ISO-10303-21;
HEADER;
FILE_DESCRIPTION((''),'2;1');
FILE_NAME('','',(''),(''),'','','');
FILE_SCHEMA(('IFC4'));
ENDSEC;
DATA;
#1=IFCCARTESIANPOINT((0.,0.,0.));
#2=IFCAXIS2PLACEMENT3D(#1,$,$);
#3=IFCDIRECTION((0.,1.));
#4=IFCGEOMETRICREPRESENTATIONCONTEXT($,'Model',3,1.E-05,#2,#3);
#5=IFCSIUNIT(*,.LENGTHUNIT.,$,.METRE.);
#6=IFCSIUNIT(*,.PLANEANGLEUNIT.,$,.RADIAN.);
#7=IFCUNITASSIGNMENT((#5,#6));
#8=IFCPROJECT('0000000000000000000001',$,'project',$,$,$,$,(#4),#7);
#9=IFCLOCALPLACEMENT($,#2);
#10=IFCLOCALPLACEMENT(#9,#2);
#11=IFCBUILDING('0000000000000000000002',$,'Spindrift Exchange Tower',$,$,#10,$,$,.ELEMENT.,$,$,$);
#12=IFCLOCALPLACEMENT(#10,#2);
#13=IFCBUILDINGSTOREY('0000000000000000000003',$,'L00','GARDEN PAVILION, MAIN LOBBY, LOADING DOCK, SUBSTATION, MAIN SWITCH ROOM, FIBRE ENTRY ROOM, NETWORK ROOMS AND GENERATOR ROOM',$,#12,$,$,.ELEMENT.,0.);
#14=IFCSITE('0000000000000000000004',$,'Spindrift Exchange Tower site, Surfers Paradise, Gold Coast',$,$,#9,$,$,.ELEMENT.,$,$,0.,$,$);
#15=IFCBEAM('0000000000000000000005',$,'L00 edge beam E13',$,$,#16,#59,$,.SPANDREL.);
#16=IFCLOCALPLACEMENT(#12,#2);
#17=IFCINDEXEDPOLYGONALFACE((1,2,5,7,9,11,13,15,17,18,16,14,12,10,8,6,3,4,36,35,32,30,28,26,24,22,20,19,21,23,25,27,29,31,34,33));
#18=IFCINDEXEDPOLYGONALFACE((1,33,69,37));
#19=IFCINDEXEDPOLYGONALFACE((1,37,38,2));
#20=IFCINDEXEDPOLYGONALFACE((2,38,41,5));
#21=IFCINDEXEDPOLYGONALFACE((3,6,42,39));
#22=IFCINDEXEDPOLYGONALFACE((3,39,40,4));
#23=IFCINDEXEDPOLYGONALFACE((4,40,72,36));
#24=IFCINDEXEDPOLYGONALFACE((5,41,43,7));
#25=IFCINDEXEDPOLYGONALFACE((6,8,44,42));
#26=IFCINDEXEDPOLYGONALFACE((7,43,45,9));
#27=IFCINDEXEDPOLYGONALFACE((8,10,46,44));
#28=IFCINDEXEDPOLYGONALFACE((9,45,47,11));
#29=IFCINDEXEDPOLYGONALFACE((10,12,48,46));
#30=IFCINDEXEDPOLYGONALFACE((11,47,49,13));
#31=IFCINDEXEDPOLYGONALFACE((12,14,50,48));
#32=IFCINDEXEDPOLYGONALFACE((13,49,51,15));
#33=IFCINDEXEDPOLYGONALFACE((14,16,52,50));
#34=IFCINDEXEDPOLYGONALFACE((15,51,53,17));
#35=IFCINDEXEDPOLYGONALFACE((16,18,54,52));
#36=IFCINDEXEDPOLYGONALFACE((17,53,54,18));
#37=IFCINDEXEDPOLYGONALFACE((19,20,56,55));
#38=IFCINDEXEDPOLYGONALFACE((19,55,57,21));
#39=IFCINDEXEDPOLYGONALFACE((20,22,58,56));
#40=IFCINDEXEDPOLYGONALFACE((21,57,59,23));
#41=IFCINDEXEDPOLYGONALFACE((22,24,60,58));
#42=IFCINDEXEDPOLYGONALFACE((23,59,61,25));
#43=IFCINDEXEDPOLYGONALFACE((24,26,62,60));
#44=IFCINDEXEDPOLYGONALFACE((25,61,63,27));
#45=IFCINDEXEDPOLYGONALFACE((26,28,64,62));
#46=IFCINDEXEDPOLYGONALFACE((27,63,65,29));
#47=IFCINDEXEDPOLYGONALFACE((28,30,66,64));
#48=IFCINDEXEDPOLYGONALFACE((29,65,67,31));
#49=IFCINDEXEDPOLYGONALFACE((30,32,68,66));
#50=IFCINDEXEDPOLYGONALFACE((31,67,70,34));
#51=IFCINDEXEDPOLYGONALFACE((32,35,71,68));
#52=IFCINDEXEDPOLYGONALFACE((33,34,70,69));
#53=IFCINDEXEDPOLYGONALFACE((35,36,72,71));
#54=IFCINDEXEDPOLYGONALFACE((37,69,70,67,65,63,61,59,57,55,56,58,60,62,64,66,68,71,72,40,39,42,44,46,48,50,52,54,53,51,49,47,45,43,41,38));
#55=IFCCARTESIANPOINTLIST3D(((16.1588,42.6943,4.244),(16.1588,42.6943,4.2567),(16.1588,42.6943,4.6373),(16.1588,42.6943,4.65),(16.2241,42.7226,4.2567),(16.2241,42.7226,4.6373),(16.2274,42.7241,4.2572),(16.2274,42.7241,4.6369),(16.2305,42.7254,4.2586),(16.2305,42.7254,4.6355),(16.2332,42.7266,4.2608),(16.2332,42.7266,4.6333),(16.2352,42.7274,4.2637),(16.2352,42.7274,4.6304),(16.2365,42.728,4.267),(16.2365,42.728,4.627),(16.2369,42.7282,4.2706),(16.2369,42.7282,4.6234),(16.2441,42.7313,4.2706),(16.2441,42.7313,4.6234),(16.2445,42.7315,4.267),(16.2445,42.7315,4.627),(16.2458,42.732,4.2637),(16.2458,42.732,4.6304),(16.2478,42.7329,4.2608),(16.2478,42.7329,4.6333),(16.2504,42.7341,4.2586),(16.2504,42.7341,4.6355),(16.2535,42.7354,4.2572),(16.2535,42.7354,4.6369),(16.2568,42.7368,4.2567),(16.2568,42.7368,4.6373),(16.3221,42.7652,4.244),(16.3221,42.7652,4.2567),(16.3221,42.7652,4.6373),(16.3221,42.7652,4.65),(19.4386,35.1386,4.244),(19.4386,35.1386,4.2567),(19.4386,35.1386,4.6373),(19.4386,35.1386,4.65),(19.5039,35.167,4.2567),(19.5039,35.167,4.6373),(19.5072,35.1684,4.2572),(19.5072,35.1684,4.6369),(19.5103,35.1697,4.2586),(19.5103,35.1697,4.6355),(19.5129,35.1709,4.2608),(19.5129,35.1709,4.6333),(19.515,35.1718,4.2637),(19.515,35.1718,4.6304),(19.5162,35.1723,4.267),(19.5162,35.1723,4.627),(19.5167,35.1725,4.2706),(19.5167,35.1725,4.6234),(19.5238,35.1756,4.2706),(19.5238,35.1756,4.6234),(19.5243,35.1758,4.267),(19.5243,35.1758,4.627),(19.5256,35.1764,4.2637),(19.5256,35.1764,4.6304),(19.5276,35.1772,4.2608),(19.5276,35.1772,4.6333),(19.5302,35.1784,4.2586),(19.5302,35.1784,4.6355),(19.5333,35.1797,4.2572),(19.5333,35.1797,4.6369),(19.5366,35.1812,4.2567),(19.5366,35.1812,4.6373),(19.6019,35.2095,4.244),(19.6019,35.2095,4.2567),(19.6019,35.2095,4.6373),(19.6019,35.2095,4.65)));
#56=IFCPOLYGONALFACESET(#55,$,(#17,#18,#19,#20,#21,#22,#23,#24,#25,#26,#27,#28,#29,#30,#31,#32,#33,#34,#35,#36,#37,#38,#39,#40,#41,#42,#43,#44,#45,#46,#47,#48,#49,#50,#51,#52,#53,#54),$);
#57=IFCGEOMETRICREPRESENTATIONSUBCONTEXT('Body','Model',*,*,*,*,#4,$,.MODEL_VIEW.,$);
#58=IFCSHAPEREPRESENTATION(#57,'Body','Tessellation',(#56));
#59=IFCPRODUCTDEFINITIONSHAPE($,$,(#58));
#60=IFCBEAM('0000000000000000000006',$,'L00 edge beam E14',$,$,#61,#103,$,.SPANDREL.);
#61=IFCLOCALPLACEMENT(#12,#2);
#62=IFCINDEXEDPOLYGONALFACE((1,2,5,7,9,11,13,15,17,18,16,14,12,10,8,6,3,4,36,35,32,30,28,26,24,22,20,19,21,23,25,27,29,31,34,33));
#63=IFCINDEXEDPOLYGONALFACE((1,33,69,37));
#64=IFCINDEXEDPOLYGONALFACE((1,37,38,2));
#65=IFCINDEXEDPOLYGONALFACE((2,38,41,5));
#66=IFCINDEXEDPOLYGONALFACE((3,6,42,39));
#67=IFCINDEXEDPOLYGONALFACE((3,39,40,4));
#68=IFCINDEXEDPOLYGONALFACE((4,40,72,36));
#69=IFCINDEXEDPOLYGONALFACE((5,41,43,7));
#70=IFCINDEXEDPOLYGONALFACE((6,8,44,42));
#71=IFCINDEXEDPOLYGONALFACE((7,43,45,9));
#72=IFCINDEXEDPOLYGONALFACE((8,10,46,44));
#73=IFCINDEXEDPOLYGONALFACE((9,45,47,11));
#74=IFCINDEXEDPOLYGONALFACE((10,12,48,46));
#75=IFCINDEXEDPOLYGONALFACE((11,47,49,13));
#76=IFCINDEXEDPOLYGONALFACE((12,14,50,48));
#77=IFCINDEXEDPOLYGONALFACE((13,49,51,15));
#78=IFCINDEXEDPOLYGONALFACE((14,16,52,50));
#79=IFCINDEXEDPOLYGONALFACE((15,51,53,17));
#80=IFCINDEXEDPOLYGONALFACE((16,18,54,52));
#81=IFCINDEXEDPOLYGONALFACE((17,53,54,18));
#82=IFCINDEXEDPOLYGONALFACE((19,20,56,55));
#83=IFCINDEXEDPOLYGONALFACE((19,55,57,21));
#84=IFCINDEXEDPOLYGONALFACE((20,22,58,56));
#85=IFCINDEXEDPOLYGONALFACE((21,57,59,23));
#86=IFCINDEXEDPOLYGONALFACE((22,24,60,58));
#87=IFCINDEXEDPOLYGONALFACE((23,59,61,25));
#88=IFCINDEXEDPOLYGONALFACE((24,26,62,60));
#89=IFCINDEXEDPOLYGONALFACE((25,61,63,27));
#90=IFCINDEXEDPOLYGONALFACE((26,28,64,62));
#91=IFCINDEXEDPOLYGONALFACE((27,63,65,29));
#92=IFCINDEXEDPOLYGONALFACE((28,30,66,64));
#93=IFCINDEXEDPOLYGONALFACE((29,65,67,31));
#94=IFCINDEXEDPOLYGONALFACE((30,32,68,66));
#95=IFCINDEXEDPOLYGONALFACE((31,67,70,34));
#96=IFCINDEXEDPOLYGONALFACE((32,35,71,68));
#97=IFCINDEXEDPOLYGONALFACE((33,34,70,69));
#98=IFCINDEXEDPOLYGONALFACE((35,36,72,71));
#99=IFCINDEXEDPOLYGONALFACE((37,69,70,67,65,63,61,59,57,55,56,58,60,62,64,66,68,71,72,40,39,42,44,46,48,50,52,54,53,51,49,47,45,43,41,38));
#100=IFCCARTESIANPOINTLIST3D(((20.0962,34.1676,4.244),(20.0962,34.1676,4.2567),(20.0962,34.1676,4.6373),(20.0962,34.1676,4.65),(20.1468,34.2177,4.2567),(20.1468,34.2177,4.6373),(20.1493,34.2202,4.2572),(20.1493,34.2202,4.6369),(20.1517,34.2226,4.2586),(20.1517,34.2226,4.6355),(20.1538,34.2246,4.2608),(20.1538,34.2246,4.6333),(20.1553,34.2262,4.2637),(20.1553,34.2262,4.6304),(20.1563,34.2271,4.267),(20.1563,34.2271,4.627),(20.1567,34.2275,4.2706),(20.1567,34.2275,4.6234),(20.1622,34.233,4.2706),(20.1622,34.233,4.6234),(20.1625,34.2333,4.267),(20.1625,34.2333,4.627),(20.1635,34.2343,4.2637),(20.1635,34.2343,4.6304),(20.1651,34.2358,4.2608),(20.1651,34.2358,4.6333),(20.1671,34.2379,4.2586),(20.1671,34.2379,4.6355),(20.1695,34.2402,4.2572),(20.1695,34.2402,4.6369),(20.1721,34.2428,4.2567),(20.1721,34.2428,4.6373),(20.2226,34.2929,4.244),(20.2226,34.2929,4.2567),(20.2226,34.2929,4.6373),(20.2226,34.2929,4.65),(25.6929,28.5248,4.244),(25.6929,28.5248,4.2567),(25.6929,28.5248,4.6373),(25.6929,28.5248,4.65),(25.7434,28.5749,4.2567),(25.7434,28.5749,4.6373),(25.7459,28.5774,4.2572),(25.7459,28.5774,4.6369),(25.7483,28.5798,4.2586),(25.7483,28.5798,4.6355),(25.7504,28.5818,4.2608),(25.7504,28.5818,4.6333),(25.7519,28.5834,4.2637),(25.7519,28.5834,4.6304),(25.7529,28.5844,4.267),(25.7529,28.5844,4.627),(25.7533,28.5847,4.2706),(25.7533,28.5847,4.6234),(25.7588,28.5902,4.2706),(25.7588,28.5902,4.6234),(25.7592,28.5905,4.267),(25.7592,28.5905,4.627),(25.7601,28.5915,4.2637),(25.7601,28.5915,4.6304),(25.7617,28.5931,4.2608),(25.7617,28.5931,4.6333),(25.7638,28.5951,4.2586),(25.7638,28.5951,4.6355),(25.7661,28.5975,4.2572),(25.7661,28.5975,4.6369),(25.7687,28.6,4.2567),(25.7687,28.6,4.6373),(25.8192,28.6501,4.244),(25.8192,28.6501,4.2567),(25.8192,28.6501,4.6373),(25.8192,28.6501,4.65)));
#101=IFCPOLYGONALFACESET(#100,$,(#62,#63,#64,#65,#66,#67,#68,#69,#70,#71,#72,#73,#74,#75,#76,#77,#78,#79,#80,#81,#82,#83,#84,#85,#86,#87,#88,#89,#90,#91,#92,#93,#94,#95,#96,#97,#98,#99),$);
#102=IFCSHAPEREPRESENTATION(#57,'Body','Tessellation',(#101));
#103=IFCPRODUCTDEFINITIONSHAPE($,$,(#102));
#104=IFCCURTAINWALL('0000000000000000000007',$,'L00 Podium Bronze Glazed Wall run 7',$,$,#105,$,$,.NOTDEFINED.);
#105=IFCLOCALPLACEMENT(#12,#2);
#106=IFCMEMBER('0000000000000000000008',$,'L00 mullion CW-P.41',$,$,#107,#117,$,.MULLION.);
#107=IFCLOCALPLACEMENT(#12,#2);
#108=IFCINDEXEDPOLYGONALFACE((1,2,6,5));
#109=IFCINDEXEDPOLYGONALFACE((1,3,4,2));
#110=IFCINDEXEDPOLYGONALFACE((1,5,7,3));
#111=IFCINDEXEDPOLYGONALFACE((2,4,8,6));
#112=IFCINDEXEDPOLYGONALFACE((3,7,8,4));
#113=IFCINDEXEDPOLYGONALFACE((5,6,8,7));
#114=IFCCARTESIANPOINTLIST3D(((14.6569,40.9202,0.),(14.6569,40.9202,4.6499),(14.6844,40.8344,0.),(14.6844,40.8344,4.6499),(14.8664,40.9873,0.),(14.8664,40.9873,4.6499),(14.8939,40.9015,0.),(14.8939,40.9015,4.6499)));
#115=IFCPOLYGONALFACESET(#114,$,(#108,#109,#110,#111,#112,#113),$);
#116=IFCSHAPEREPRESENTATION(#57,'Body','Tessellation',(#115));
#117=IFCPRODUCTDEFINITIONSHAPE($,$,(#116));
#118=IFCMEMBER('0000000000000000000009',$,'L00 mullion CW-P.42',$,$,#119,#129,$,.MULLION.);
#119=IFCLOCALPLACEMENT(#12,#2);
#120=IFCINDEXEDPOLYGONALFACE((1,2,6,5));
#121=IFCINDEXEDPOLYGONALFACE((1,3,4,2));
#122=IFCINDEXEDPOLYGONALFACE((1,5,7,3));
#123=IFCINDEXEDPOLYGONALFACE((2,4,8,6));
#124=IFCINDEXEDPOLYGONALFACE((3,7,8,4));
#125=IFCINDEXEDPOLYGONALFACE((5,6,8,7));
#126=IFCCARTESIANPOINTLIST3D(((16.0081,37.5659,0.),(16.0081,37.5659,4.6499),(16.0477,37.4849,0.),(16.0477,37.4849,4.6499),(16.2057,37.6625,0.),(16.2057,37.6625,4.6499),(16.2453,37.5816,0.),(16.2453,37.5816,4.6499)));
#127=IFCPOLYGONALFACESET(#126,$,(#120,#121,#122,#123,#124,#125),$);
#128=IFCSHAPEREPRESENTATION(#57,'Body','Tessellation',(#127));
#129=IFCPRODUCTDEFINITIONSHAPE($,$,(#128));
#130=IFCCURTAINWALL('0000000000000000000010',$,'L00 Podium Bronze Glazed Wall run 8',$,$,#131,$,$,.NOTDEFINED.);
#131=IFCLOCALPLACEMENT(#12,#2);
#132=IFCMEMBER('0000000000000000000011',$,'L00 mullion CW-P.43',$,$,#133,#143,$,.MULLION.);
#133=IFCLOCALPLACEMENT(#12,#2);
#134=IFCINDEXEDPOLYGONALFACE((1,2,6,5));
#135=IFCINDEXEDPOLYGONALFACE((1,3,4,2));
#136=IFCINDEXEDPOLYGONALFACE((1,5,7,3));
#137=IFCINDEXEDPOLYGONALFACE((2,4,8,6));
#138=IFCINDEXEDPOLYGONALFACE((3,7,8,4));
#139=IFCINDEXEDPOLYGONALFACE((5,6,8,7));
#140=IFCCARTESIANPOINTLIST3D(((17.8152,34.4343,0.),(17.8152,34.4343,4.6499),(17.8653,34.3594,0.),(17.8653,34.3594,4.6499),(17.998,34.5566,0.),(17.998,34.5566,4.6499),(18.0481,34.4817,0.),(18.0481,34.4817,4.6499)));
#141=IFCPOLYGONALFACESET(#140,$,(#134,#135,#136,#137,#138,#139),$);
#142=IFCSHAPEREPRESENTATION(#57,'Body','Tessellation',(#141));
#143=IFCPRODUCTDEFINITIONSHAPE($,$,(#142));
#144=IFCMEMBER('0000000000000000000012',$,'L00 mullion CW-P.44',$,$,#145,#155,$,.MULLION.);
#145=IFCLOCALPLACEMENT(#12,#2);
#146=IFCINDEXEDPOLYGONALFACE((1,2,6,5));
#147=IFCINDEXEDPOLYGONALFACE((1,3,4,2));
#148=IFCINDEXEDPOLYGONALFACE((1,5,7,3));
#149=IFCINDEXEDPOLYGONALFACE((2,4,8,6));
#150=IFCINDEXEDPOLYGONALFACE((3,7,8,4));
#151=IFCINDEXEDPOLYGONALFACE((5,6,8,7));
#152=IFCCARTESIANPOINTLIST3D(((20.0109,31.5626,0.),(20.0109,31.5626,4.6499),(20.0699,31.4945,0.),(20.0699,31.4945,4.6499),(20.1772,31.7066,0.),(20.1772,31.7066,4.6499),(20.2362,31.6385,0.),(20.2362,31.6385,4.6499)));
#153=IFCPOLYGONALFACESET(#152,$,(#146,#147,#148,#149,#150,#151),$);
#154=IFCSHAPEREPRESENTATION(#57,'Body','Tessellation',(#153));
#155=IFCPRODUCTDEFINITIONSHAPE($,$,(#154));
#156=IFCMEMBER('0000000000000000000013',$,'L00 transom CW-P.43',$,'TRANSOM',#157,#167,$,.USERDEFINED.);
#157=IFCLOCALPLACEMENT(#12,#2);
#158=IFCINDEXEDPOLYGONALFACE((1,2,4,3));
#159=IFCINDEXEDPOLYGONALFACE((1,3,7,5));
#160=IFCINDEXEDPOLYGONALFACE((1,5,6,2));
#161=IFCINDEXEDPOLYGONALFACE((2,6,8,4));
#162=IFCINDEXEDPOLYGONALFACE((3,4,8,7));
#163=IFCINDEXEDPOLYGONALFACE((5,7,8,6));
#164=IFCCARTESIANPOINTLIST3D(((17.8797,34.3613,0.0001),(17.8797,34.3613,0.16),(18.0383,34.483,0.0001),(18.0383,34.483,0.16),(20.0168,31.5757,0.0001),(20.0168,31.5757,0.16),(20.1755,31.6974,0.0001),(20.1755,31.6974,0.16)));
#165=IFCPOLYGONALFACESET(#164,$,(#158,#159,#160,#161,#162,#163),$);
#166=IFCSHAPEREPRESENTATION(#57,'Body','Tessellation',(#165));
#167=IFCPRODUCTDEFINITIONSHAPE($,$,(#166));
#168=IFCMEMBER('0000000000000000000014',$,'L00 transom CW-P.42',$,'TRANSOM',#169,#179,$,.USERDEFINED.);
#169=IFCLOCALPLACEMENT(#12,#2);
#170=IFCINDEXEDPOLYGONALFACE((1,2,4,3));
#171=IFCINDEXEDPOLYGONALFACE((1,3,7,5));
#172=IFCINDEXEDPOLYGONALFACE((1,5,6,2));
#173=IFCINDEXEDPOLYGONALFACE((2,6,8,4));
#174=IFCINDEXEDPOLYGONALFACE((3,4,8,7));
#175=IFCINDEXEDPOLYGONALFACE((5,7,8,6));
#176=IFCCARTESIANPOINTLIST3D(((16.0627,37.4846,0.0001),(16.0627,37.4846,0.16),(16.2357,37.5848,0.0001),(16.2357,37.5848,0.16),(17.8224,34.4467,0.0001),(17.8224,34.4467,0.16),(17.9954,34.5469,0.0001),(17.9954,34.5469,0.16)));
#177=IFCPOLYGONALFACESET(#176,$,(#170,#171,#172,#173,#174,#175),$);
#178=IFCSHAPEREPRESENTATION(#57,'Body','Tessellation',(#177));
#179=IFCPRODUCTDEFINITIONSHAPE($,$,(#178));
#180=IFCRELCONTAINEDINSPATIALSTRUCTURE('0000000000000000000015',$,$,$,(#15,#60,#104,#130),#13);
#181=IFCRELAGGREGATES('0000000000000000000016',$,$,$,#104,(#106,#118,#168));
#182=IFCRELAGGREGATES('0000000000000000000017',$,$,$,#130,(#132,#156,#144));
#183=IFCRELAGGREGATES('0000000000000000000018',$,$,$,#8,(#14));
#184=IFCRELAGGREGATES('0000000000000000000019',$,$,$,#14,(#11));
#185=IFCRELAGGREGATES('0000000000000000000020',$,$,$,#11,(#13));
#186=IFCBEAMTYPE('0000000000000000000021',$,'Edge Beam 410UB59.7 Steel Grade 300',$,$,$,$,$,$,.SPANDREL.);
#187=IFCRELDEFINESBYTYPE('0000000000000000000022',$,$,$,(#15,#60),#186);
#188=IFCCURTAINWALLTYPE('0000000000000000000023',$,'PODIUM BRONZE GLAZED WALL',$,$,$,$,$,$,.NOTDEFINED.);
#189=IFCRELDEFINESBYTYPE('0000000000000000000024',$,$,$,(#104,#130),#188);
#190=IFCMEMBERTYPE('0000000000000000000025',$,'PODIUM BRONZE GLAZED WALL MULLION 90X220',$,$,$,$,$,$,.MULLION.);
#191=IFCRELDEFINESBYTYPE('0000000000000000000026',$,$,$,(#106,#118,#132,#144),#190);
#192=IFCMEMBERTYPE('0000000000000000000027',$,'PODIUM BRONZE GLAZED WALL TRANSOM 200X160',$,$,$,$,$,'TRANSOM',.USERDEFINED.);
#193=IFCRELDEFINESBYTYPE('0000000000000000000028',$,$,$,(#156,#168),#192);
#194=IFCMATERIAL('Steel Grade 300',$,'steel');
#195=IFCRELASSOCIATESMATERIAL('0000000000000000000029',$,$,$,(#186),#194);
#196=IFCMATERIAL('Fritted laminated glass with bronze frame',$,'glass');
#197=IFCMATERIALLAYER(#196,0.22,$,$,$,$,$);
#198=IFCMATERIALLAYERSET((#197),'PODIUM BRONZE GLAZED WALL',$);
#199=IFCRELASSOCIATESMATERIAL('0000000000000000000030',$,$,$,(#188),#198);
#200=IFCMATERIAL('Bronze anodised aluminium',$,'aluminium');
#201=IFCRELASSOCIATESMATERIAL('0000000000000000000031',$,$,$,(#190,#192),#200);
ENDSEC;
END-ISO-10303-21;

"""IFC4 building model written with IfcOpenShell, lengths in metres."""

from ifc_helpers import new_model, si_unit, direction, frame, origin, origin_2d, place, context, subcontext, project, spatial, rectangle, i_section, extrude, source, transform, mapped, material, layer, layer_set, material_profile, profile_set, type_object, element, aggregate, save


model = new_model("IFC4")

# Units and contexts
model_context = context("Model", 3, precision=1e-05, world=origin(), true_north=direction((0.0, 1.0)))
body_context = subcontext(model_context, "Body", "Model", "MODEL_VIEW")
ifc_project = project(units=[si_unit("LENGTHUNIT", "METRE"), si_unit("PLANEANGLEUNIT", "RADIAN")], contexts=[model_context])

# Site, building, storey
site_placement = place(None, origin())
site = spatial("IfcSite", under=ifc_project, at=site_placement, Name="Spindrift Exchange Tower site, Surfers Paradise, Gold Coast", CompositionType="ELEMENT", RefElevation=0.0)
building_placement = place(site_placement, origin())
building = spatial("IfcBuilding", under=site, at=building_placement, Name="Spindrift Exchange Tower", CompositionType="ELEMENT")
storey_placement = place(building_placement, origin())
storey = spatial("IfcBuildingStorey", under=building, at=storey_placement, Name="L00", Description="GARDEN PAVILION, MAIN LOBBY, LOADING DOCK, SUBSTATION, MAIN SWITCH ROOM, FIBRE ENTRY ROOM, NETWORK ROOMS AND GENERATOR ROOM", CompositionType="ELEMENT", Elevation=0.0)

# Beams
ifc_material_1 = material(Name="Steel Grade 300", Category="steel")
ifc_material_profile_1 = material_profile(ifc_material_1, i_section(OverallWidth=0.178, OverallDepth=0.406, WebThickness=0.0078, FlangeThickness=0.0127, FilletRadius=0.0139, at=origin_2d()), Name="410UB59.7")
ifc_profile_set_1 = profile_set([ifc_material_profile_1], Name="Steel Grade 300")
beam_type_1 = type_object("IfcBeamType", Name="Edge Beam 410UB59.7 Steel Grade 300", PredefinedType="SPANDREL", material=ifc_profile_set_1)
shared_shape_1 = source(origin(), body_context, "Body", "SweptSolid", [
    extrude(i_section(OverallWidth=0.178, OverallDepth=0.406, WebThickness=0.0078, FlangeThickness=0.0127, FilletRadius=0.0139, at=origin_2d()), origin(), (0.0, 0.0, 1.0), 8.2368),
])
beam_1_placement = place(storey_placement, frame((16.2405, 42.7297, 4.447), z_axis=(0.398186, -0.917305, 0.0), x_axis=(0.917305, 0.398186, 0.0)))
element("IfcBeam", 1, at=beam_1_placement, inside=storey, type_object=beam_type_1, Name="L00 edge beam E13", PredefinedType="SPANDREL", context=body_context, shape_type="MappedRepresentation", body=[
    mapped(shared_shape_1, transform((0.0, 0.0, 0.0), scale=1.0)),
])
shared_shape_2 = source(origin(), body_context, "Body", "SweptSolid", [
    extrude(i_section(OverallWidth=0.178, OverallDepth=0.406, WebThickness=0.0078, FlangeThickness=0.0127, FilletRadius=0.0139, at=origin_2d()), origin(), (0.0, 0.0, 1.0), 7.9475),
])
beam_2_placement = place(storey_placement, frame((20.1594, 34.2302, 4.447), z_axis=(0.704198, -0.710004, 0.0), x_axis=(0.710004, 0.704198, 0.0)))
element("IfcBeam", 2, at=beam_2_placement, inside=storey, type_object=beam_type_1, Name="L00 edge beam E14", PredefinedType="SPANDREL", context=body_context, shape_type="MappedRepresentation", body=[
    mapped(shared_shape_2, transform((0.0, 0.0, 0.0), scale=1.0)),
])

# Curtain walls, members
ifc_material_2 = material(Name="Fritted laminated glass with bronze frame", Category="glass")
ifc_layer_1 = layer(ifc_material_2, 0.22)
ifc_layer_set_1 = layer_set([ifc_layer_1], Name="PODIUM BRONZE GLAZED WALL")
curtain_wall_type = type_object("IfcCurtainWallType", Name="PODIUM BRONZE GLAZED WALL", PredefinedType="NOTDEFINED", material=ifc_layer_set_1)
curtain_wall_1_placement = place(storey_placement, origin())
curtain_wall_1 = element("IfcCurtainWall", 3, at=curtain_wall_1_placement, inside=storey, type_object=curtain_wall_type, Name="L00 Podium Bronze Glazed Wall run 7", PredefinedType="NOTDEFINED")
ifc_material_3 = material(Name="Bronze anodised aluminium", Category="aluminium")
ifc_material_profile_2 = material_profile(ifc_material_3, rectangle(XDim=0.0901, YDim=0.22, at=origin_2d()), Name="PODIUM BRONZE GLAZED WALL MULLION 90X220")
ifc_profile_set_2 = profile_set([ifc_material_profile_2], Name="Bronze anodised aluminium")
member_type_1 = type_object("IfcMemberType", Name="PODIUM BRONZE GLAZED WALL MULLION 90X220", PredefinedType="MULLION", material=ifc_profile_set_2)
shared_shape_3 = source(origin(), body_context, "Body", "SweptSolid", [
    extrude(rectangle(XDim=0.0901, YDim=0.22, at=origin_2d()), origin(), (0.0, 0.0, 1.0), 4.6499),
])
member_1_placement = place(storey_placement, frame((14.7754, 40.9109, 0.0), z_axis=(0.0, 0.0, 1.0), x_axis=(0.304954, -0.952367, 0.0)))
member_1 = element("IfcMember", 4, at=member_1_placement, type_object=member_type_1, Name="L00 mullion CW-P.41", PredefinedType="MULLION", context=body_context, shape_type="MappedRepresentation", body=[
    mapped(shared_shape_3, transform((0.0, 0.0, 0.0), scale=1.0)),
])
member_2_placement = place(storey_placement, frame((16.1267, 37.5737, 0.0), z_axis=(0.0, 0.0, 1.0), x_axis=(0.439357, -0.898313, 0.0)))
member_2 = element("IfcMember", 5, at=member_2_placement, type_object=member_type_1, Name="L00 mullion CW-P.42", PredefinedType="MULLION", context=body_context, shape_type="MappedRepresentation", body=[
    mapped(shared_shape_3, transform((0.0, 0.0, 0.0), scale=1.0)),
])
curtain_wall_2_placement = place(storey_placement, origin())
curtain_wall_2 = element("IfcCurtainWall", 6, at=curtain_wall_2_placement, inside=storey, type_object=curtain_wall_type, Name="L00 Podium Bronze Glazed Wall run 8", PredefinedType="NOTDEFINED")
member_3_placement = place(storey_placement, frame((17.9316, 34.458, 0.0), z_axis=(0.0, 0.0, 1.0), x_axis=(0.556123, -0.8311, 0.0)))
member_3 = element("IfcMember", 7, at=member_3_placement, type_object=member_type_1, Name="L00 mullion CW-P.43", PredefinedType="MULLION", context=body_context, shape_type="MappedRepresentation", body=[
    mapped(shared_shape_3, transform((0.0, 0.0, 0.0), scale=1.0)),
])
member_4_placement = place(storey_placement, frame((20.1235, 31.6006, 0.0), z_axis=(0.0, 0.0, 1.0), x_axis=(0.654723, -0.755869, 0.0)))
member_4 = element("IfcMember", 8, at=member_4_placement, type_object=member_type_1, Name="L00 mullion CW-P.44", PredefinedType="MULLION", context=body_context, shape_type="MappedRepresentation", body=[
    mapped(shared_shape_3, transform((0.0, 0.0, 0.0), scale=1.0)),
])
ifc_material_profile_3 = material_profile(ifc_material_3, rectangle(XDim=0.2, YDim=0.1599, at=origin_2d()), Name="PODIUM BRONZE GLAZED WALL TRANSOM 200X160")
ifc_profile_set_3 = profile_set([ifc_material_profile_3], Name="Bronze anodised aluminium")
member_type_2 = type_object("IfcMemberType", Name="PODIUM BRONZE GLAZED WALL TRANSOM 200X160", ElementType="TRANSOM", PredefinedType="USERDEFINED", material=ifc_profile_set_3)
shared_shape_4 = source(origin(), body_context, "Body", "SweptSolid", [
    extrude(rectangle(XDim=0.2, YDim=0.1599, at=origin_2d()), origin(), (0.0, 0.0, 1.0), 3.511),
])
member_5_placement = place(storey_placement, frame((17.959, 34.4221, 0.0801), z_axis=(0.608709, -0.793394, 0.0), x_axis=(0.793394, 0.608709, 0.0)))
member_5 = element("IfcMember", 9, at=member_5_placement, type_object=member_type_2, Name="L00 transom CW-P.43", ObjectType="TRANSOM", PredefinedType="USERDEFINED", context=body_context, shape_type="MappedRepresentation", body=[
    mapped(shared_shape_4, transform((0.0, 0.0, 0.0), scale=1.0)),
])

# Member
shared_shape_5 = source(origin(), body_context, "Body", "SweptSolid", [
    extrude(rectangle(XDim=0.2, YDim=0.1599, at=origin_2d()), origin(), (0.0, 0.0, 1.0), 3.5107),
])
member_6_placement = place(storey_placement, frame((16.1492, 37.5347, 0.0801), z_axis=(0.501253, -0.865301, 0.0), x_axis=(0.865301, 0.501253, 0.0)))
member_6 = element("IfcMember", 10, at=member_6_placement, type_object=member_type_2, Name="L00 transom CW-P.42", ObjectType="TRANSOM", PredefinedType="USERDEFINED", context=body_context, shape_type="MappedRepresentation", body=[
    mapped(shared_shape_5, transform((0.0, 0.0, 0.0), scale=1.0)),
])

aggregate(curtain_wall_1, [member_1, member_2, member_6])
aggregate(curtain_wall_2, [member_3, member_5, member_4])

save(model, "model.ifc")
